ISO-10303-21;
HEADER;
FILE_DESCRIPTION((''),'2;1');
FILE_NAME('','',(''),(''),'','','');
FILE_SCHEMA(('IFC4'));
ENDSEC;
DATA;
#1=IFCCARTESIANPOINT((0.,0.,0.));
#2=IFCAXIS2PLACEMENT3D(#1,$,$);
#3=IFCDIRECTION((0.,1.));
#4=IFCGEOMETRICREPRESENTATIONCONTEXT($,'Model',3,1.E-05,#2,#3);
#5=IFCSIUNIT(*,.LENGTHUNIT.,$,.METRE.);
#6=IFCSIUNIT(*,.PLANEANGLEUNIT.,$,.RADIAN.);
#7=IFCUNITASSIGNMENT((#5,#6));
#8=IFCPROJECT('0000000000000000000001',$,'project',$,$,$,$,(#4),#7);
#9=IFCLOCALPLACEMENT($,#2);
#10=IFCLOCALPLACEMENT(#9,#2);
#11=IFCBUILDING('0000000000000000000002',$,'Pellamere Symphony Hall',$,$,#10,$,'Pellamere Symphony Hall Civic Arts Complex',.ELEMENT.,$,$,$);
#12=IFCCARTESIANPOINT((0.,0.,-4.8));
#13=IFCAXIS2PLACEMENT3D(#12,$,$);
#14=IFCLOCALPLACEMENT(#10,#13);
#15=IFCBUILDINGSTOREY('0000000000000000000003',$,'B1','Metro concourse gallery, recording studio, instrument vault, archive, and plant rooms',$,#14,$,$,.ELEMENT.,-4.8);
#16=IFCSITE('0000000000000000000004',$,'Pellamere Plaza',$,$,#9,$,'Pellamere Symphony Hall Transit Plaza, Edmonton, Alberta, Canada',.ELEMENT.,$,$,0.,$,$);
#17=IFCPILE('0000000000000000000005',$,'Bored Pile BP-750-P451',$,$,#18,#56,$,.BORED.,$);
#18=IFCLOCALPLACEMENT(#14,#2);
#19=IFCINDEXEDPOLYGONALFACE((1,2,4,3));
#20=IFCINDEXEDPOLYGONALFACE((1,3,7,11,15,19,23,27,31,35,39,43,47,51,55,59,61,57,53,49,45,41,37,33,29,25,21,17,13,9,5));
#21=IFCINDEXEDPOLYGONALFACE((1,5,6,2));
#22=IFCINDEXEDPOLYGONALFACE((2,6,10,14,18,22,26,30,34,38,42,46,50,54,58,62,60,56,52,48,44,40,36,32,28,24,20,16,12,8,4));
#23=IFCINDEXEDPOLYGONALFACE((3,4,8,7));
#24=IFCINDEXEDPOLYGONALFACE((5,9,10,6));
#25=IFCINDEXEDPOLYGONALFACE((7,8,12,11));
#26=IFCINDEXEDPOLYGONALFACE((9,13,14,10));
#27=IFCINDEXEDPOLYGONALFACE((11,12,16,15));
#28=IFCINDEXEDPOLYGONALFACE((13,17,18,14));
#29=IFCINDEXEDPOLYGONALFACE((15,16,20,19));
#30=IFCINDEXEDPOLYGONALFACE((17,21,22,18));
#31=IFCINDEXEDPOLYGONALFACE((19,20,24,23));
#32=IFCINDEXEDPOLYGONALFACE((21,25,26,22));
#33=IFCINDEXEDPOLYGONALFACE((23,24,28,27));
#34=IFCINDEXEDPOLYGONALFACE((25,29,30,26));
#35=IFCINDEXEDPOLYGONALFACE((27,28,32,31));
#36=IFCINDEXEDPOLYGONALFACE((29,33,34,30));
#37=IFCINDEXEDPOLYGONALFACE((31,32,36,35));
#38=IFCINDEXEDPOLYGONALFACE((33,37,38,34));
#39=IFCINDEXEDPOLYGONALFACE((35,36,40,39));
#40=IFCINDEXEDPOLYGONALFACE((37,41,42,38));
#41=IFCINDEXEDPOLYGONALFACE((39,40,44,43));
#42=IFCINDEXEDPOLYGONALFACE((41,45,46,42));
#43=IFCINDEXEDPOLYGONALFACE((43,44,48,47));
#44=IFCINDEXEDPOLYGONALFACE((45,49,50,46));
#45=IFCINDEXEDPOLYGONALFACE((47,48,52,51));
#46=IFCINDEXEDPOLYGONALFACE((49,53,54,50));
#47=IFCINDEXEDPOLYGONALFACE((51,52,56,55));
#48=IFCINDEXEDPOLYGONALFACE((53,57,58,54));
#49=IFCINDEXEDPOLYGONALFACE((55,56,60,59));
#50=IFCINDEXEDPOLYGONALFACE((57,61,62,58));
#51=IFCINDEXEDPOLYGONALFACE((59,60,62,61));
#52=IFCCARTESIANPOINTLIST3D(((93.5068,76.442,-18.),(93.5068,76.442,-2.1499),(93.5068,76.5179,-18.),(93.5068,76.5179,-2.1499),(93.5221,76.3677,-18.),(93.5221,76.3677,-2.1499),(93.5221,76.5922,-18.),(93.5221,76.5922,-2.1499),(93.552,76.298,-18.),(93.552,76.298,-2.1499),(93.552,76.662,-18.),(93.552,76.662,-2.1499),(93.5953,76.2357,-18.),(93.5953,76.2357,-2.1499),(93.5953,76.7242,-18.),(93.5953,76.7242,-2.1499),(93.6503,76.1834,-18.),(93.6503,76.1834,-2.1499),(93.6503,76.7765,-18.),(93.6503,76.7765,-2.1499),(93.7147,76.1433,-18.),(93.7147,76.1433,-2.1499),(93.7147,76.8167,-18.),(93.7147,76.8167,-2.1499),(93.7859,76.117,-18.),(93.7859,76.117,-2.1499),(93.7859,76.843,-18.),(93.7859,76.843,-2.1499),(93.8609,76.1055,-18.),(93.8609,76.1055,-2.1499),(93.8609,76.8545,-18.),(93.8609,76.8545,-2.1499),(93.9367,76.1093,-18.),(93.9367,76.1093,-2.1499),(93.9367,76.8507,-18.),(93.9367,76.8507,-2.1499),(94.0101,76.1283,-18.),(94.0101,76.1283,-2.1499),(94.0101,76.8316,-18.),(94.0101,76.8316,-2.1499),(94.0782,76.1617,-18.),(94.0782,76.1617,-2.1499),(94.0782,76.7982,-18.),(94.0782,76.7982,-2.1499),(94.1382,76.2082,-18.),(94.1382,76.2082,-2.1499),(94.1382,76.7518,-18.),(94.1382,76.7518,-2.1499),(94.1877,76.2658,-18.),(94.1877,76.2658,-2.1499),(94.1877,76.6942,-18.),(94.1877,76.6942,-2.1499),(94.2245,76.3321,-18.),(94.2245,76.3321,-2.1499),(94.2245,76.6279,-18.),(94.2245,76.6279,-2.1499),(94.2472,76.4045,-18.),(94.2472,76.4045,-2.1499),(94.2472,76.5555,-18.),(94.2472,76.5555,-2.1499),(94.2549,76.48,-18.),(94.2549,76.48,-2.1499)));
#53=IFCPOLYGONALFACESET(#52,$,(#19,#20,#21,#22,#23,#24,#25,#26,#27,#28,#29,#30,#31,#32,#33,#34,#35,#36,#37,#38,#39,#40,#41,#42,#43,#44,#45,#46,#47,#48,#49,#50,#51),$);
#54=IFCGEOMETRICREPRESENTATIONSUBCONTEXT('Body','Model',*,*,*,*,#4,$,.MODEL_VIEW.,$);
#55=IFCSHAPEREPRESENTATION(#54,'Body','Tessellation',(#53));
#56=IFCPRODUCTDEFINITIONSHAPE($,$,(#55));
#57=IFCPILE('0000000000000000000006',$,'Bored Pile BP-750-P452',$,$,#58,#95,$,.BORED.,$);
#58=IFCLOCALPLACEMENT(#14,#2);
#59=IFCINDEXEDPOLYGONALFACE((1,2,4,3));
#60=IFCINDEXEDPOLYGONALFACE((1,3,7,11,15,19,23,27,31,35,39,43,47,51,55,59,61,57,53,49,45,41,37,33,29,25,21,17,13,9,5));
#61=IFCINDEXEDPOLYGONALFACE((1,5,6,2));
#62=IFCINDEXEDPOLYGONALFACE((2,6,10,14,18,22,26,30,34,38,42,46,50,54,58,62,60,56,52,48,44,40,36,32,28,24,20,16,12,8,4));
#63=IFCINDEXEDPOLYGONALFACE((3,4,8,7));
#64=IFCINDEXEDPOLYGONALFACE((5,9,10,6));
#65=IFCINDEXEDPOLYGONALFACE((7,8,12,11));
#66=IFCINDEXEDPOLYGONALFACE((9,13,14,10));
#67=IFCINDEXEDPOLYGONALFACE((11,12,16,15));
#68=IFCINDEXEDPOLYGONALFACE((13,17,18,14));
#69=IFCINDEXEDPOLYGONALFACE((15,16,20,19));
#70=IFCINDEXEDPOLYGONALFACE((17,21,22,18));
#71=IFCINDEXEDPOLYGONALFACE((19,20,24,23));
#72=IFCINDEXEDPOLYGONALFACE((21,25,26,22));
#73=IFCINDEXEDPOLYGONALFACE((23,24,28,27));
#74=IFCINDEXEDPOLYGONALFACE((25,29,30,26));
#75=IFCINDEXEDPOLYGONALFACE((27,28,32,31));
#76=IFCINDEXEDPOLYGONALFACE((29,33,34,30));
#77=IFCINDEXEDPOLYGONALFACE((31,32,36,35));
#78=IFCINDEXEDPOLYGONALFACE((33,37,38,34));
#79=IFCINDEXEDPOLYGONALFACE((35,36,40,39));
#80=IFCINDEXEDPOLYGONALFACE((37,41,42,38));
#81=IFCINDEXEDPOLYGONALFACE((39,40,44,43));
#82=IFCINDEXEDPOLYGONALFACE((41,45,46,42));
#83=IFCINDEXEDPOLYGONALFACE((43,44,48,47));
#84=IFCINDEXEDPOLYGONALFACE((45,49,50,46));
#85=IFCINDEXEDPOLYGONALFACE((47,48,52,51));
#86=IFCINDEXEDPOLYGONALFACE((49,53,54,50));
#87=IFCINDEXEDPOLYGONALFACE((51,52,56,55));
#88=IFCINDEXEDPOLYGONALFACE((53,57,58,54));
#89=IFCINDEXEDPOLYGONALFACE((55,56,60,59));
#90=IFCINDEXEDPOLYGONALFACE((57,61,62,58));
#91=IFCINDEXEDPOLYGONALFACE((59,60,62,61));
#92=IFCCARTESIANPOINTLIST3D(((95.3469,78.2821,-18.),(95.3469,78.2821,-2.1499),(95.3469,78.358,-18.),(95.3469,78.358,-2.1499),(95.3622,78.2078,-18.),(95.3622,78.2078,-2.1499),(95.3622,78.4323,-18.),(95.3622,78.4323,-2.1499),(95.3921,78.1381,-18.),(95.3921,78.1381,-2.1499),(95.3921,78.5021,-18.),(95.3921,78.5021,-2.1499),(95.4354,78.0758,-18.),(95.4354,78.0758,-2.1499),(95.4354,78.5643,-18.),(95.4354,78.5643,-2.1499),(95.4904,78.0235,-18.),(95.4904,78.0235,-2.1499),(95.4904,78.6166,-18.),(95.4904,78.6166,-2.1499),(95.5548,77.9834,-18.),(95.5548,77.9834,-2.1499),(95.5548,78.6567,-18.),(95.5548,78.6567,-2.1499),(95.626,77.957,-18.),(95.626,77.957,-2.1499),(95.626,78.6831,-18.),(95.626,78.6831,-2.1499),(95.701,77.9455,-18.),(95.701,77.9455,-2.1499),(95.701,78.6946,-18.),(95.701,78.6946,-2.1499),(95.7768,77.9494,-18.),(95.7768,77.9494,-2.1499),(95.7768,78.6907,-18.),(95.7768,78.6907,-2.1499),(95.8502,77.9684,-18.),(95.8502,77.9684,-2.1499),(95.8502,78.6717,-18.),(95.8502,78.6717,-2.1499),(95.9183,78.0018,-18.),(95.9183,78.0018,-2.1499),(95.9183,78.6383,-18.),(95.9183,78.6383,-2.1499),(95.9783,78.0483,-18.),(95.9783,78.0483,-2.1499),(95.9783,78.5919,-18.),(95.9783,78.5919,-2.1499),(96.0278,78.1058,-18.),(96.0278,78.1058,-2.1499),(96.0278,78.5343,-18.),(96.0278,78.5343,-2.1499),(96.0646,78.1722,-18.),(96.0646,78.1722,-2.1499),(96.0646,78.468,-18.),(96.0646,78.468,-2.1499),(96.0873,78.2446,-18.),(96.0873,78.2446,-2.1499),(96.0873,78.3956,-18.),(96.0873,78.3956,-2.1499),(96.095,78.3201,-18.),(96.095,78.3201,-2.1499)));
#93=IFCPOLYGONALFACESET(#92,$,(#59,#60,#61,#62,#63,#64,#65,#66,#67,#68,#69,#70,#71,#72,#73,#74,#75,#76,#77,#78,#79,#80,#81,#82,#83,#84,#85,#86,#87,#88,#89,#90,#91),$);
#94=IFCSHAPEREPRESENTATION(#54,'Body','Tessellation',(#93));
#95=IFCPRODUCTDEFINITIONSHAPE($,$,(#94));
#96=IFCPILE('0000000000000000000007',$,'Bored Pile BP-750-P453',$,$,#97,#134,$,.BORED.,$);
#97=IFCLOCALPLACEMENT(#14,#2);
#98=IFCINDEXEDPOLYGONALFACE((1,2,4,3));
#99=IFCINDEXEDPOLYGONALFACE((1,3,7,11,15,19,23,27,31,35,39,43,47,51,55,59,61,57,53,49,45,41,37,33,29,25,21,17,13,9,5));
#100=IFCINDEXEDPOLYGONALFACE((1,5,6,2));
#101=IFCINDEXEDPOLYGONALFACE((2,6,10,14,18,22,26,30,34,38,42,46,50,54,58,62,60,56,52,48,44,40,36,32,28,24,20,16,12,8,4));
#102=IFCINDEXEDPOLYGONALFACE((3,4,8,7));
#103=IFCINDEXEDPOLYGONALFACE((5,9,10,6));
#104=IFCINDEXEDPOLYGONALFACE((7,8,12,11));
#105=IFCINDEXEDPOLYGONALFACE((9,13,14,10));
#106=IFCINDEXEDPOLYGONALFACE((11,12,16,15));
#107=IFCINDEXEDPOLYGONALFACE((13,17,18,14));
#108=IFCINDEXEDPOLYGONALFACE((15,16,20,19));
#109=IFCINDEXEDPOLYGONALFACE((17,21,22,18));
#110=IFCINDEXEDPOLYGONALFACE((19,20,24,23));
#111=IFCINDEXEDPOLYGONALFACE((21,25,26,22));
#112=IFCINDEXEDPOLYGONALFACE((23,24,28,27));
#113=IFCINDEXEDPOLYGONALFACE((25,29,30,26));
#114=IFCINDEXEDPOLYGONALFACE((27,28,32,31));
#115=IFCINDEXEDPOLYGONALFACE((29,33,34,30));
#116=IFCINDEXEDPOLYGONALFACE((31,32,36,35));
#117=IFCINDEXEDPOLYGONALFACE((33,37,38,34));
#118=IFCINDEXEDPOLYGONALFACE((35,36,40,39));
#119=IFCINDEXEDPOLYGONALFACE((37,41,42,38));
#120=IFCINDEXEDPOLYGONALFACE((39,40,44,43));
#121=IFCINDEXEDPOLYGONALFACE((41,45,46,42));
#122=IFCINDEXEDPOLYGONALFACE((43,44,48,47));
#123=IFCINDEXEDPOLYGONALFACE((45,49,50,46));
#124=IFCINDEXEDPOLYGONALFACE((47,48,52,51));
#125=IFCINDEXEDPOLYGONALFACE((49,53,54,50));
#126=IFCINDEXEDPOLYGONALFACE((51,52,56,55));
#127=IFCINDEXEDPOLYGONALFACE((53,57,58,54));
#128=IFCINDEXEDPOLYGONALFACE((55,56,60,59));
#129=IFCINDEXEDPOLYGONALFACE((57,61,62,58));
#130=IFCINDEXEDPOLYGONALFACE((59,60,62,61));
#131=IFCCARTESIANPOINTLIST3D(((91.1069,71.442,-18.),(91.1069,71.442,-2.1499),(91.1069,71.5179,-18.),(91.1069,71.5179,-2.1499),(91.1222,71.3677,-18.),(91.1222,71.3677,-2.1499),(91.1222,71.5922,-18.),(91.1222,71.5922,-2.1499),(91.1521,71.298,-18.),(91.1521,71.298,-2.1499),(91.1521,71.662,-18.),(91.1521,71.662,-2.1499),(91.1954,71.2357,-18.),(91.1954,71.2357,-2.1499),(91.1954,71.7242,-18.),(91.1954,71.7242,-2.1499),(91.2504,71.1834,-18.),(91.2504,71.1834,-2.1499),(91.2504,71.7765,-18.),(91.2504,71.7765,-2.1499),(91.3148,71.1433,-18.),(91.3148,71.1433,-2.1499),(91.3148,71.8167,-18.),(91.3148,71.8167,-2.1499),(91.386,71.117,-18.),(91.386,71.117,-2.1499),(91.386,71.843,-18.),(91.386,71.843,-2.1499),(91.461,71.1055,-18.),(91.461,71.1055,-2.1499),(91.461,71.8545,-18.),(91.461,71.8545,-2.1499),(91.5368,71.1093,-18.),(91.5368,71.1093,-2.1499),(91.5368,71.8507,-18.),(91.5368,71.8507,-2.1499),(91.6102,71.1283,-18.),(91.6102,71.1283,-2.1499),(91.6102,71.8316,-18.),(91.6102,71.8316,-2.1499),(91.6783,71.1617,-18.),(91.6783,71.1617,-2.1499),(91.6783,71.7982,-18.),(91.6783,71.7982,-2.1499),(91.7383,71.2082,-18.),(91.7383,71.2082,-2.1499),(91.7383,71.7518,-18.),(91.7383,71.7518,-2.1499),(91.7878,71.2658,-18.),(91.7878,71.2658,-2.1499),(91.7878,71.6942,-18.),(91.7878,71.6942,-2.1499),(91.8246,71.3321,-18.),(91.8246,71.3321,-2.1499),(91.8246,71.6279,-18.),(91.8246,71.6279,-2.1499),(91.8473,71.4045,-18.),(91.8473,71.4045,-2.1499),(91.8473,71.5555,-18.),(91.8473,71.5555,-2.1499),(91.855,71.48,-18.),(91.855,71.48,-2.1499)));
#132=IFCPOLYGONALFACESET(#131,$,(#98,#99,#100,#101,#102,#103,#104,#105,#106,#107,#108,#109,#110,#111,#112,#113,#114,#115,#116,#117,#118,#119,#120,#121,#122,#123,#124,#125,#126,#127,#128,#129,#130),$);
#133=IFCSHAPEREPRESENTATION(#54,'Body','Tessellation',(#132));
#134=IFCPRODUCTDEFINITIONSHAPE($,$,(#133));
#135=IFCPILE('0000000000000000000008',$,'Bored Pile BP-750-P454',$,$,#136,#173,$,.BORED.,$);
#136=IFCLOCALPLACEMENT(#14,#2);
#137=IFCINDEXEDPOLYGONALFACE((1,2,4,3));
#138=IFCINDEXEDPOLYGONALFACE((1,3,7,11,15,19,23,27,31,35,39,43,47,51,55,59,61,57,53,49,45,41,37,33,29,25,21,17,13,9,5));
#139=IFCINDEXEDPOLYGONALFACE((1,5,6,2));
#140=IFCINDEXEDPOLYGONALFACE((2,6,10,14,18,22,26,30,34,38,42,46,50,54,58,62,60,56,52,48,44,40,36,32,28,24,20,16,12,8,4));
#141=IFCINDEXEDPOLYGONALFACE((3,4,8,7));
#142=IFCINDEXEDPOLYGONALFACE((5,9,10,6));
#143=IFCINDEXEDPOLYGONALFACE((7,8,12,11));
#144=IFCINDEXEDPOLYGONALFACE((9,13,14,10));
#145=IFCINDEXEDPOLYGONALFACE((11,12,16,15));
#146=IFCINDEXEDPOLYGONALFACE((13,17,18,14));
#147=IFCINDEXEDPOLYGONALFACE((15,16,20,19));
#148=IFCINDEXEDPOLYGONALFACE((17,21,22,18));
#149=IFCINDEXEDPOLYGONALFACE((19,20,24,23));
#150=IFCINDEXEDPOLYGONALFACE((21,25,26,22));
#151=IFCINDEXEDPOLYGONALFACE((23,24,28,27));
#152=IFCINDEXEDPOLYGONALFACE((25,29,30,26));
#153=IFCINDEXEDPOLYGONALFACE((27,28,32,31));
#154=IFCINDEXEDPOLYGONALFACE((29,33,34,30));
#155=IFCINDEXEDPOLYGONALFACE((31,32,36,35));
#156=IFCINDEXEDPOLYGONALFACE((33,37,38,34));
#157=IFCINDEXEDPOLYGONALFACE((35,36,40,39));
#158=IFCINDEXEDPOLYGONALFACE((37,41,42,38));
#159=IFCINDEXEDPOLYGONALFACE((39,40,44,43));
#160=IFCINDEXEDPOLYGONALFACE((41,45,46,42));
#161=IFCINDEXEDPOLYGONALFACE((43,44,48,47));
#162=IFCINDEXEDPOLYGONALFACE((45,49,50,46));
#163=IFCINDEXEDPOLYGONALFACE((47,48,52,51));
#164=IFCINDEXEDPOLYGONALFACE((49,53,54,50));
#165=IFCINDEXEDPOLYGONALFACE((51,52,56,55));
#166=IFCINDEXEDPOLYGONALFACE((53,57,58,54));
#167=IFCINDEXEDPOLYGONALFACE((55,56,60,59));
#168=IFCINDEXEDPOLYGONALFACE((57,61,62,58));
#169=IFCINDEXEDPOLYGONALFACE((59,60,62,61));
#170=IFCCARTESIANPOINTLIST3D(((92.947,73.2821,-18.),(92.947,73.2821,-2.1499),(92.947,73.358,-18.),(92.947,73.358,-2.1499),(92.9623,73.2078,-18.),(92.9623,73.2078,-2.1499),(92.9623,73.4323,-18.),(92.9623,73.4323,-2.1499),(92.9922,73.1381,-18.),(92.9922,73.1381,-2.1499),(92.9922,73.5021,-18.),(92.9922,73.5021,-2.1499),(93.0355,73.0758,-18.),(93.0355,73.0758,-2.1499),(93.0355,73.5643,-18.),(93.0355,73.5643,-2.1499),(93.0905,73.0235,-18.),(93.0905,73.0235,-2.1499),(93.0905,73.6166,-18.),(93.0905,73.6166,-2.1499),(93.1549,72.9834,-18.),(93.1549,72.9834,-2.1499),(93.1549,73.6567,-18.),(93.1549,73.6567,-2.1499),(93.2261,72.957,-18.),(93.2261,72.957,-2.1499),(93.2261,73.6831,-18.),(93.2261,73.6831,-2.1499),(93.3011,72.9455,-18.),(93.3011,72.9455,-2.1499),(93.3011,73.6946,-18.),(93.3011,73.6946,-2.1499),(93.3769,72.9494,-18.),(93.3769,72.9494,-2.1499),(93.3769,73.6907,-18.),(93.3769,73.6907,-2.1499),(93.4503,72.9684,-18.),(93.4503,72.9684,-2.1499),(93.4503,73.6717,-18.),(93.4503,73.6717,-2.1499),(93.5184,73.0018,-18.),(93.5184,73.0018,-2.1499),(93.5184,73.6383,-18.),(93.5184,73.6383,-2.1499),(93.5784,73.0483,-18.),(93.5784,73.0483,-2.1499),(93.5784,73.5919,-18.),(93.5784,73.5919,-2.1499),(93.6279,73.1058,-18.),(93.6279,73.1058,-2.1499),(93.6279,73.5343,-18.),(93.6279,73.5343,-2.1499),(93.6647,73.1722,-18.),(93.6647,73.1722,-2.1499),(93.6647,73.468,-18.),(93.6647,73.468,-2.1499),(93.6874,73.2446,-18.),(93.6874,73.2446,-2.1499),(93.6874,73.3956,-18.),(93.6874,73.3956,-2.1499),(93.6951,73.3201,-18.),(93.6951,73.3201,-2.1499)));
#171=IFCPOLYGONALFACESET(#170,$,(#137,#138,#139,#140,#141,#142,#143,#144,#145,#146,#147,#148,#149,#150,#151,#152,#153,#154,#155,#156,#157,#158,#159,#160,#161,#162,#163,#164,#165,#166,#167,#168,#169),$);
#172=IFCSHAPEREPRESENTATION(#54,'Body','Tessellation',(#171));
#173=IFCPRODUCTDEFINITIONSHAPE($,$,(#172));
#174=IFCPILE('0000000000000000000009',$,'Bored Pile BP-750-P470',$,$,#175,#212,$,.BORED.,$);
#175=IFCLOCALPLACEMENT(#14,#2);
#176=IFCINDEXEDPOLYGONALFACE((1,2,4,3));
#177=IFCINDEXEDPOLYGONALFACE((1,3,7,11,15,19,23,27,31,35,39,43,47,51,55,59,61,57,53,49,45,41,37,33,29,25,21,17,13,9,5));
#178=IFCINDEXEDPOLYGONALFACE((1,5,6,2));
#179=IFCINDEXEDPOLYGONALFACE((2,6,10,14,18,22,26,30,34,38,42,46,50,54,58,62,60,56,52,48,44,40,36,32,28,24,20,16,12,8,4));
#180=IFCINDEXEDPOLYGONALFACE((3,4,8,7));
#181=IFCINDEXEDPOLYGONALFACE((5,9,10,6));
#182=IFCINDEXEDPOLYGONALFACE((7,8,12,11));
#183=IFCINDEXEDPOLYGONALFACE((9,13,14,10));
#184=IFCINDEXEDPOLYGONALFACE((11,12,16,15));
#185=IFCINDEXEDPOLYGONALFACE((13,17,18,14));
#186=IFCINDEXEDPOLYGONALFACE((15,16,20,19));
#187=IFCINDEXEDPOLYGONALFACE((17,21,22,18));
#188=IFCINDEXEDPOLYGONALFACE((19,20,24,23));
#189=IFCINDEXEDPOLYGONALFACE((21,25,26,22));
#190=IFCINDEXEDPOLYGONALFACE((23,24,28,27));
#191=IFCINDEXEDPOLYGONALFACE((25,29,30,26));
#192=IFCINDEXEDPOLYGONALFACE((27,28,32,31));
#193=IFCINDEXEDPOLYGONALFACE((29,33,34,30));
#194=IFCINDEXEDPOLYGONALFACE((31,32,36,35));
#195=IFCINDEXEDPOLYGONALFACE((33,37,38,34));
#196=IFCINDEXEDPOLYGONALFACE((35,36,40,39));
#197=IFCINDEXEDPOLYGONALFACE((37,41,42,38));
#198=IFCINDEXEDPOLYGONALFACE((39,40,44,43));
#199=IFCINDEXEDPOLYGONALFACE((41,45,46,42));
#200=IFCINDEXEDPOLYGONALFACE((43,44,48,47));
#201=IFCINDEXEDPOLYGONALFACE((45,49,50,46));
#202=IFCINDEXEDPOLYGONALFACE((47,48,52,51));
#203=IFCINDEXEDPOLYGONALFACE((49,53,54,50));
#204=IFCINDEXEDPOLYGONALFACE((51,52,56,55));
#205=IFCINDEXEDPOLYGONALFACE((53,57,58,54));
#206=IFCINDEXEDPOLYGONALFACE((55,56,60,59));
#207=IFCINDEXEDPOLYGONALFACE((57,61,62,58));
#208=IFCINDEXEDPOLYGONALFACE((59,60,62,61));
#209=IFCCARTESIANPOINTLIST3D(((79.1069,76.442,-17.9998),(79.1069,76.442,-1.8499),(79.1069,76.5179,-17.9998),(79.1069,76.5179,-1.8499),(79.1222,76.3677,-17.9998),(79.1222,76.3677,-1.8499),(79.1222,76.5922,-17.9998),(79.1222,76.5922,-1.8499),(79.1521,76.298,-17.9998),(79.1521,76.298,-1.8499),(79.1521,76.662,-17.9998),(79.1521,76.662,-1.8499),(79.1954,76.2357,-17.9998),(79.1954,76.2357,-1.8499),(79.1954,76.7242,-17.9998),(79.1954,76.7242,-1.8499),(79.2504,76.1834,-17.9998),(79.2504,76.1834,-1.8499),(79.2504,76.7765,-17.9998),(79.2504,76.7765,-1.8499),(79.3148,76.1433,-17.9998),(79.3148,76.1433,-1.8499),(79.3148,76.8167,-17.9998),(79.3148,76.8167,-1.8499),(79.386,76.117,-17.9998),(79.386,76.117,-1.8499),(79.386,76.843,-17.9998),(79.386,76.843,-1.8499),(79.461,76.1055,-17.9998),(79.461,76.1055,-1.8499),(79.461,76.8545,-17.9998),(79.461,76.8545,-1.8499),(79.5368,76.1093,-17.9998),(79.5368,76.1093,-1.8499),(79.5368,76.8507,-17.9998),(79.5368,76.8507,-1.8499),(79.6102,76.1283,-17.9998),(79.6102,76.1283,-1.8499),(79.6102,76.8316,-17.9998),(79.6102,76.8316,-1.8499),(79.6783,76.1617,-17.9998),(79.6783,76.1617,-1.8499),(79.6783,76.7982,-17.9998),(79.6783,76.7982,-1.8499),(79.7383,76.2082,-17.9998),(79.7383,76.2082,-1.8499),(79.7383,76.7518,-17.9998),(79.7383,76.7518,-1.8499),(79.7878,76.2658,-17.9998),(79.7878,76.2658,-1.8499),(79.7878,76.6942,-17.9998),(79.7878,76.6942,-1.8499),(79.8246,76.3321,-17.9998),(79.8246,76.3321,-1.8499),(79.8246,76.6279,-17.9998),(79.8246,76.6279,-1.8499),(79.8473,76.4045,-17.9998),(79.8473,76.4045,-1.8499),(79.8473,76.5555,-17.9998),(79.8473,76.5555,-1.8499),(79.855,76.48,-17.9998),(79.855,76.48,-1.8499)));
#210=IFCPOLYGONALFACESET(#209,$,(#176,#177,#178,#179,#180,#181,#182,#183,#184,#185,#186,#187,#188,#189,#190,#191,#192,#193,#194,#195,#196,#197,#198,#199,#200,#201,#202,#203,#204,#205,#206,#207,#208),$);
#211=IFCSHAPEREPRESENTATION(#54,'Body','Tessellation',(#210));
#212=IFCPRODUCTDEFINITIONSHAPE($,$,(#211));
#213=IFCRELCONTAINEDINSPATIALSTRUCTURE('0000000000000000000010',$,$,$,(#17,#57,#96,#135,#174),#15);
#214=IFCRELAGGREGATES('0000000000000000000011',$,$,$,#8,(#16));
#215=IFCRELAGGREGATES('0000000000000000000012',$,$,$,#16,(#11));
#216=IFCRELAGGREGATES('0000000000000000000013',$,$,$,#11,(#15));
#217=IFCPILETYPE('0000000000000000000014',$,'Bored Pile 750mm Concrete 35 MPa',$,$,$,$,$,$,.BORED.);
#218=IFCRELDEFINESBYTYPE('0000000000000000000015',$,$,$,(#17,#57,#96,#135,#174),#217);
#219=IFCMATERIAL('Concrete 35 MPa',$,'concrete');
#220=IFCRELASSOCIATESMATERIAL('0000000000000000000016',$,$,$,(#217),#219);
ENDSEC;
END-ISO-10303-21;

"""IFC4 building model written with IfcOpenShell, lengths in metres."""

from ifc_helpers import new_model, si_unit, direction, frame, origin, origin_2d, place, context, subcontext, project, spatial, circle, extrude, material, material_profile, profile_set, type_object, element, save


model = new_model("IFC4")

# Units and contexts
model_context = context("Model", 3, precision=1e-05, world=origin(), true_north=direction((0.0, 1.0)))
body_context = subcontext(model_context, "Body", "Model", "MODEL_VIEW")
ifc_project = project(units=[si_unit("LENGTHUNIT", "METRE"), si_unit("PLANEANGLEUNIT", "RADIAN")], contexts=[model_context])

# Site, building, storey
site_placement = place(None, origin())
site = spatial("IfcSite", under=ifc_project, at=site_placement, Name="Pellamere Plaza", LongName="Pellamere Symphony Hall Transit Plaza, Edmonton, Alberta, Canada", CompositionType="ELEMENT", RefElevation=0.0)
building_placement = place(site_placement, origin())
building = spatial("IfcBuilding", under=site, at=building_placement, Name="Pellamere Symphony Hall", LongName="Pellamere Symphony Hall Civic Arts Complex", CompositionType="ELEMENT")
storey_placement = place(building_placement, frame((0.0, 0.0, -4.8)))
storey = spatial("IfcBuildingStorey", under=building, at=storey_placement, Name="B1", Description="Metro concourse gallery, recording studio, instrument vault, archive, and plant rooms", CompositionType="ELEMENT", Elevation=-4.8)

# Piles
ifc_material_1 = material(Name="Concrete 35 MPa", Category="concrete")
ifc_material_profile_1 = material_profile(ifc_material_1, circle(Radius=0.375, at=origin_2d()), Name="PILE D750")
ifc_profile_set_1 = profile_set([ifc_material_profile_1], Name="Concrete 35 MPa")
pile_type = type_object("IfcPileType", Name="Bored Pile 750mm Concrete 35 MPa", PredefinedType="BORED", material=ifc_profile_set_1)
for number, where, z_axis, x_axis, name in (
    (1, (93.8799, 76.48, -2.1499), (0.0, 0.0, -1.0), (1.0, 0.0, 0.0), "Bored Pile BP-750-P451"),
    (2, (95.72, 78.3201, -2.1499), (0.0, 0.0, -1.0), (1.0, 0.0, 0.0), "Bored Pile BP-750-P452"),
    (3, (91.48, 71.48, -2.1499), (0.0, 0.0, -1.0), (1.0, 0.0, 0.0), "Bored Pile BP-750-P453"),
    (4, (93.3201, 73.3201, -2.1499), (0.0, 0.0, -1.0), (1.0, 0.0, 0.0), "Bored Pile BP-750-P454"),
):
    element("IfcPile", number, at=place(storey_placement, frame(where, z_axis=z_axis, x_axis=x_axis)), inside=storey, type_object=pile_type, Name=name, PredefinedType="BORED", context=body_context, shape_type="SweptSolid", body=[
        extrude(circle(Radius=0.375, at=origin_2d()), origin(), (0.0, 0.0, 1.0), 15.8501),
    ])
for number, where, z_axis, x_axis, name in (
    (5, (79.48, 76.48, -1.8499), (0.0, 0.0, -1.0), (1.0, 0.0, 0.0), "Bored Pile BP-750-P470"),
):
    element("IfcPile", number, at=place(storey_placement, frame(where, z_axis=z_axis, x_axis=x_axis)), inside=storey, type_object=pile_type, Name=name, PredefinedType="BORED", context=body_context, shape_type="SweptSolid", body=[
        extrude(circle(Radius=0.375, at=origin_2d()), origin(), (0.0, 0.0, 1.0), 16.1499),
    ])

save(model, "model.ifc")
